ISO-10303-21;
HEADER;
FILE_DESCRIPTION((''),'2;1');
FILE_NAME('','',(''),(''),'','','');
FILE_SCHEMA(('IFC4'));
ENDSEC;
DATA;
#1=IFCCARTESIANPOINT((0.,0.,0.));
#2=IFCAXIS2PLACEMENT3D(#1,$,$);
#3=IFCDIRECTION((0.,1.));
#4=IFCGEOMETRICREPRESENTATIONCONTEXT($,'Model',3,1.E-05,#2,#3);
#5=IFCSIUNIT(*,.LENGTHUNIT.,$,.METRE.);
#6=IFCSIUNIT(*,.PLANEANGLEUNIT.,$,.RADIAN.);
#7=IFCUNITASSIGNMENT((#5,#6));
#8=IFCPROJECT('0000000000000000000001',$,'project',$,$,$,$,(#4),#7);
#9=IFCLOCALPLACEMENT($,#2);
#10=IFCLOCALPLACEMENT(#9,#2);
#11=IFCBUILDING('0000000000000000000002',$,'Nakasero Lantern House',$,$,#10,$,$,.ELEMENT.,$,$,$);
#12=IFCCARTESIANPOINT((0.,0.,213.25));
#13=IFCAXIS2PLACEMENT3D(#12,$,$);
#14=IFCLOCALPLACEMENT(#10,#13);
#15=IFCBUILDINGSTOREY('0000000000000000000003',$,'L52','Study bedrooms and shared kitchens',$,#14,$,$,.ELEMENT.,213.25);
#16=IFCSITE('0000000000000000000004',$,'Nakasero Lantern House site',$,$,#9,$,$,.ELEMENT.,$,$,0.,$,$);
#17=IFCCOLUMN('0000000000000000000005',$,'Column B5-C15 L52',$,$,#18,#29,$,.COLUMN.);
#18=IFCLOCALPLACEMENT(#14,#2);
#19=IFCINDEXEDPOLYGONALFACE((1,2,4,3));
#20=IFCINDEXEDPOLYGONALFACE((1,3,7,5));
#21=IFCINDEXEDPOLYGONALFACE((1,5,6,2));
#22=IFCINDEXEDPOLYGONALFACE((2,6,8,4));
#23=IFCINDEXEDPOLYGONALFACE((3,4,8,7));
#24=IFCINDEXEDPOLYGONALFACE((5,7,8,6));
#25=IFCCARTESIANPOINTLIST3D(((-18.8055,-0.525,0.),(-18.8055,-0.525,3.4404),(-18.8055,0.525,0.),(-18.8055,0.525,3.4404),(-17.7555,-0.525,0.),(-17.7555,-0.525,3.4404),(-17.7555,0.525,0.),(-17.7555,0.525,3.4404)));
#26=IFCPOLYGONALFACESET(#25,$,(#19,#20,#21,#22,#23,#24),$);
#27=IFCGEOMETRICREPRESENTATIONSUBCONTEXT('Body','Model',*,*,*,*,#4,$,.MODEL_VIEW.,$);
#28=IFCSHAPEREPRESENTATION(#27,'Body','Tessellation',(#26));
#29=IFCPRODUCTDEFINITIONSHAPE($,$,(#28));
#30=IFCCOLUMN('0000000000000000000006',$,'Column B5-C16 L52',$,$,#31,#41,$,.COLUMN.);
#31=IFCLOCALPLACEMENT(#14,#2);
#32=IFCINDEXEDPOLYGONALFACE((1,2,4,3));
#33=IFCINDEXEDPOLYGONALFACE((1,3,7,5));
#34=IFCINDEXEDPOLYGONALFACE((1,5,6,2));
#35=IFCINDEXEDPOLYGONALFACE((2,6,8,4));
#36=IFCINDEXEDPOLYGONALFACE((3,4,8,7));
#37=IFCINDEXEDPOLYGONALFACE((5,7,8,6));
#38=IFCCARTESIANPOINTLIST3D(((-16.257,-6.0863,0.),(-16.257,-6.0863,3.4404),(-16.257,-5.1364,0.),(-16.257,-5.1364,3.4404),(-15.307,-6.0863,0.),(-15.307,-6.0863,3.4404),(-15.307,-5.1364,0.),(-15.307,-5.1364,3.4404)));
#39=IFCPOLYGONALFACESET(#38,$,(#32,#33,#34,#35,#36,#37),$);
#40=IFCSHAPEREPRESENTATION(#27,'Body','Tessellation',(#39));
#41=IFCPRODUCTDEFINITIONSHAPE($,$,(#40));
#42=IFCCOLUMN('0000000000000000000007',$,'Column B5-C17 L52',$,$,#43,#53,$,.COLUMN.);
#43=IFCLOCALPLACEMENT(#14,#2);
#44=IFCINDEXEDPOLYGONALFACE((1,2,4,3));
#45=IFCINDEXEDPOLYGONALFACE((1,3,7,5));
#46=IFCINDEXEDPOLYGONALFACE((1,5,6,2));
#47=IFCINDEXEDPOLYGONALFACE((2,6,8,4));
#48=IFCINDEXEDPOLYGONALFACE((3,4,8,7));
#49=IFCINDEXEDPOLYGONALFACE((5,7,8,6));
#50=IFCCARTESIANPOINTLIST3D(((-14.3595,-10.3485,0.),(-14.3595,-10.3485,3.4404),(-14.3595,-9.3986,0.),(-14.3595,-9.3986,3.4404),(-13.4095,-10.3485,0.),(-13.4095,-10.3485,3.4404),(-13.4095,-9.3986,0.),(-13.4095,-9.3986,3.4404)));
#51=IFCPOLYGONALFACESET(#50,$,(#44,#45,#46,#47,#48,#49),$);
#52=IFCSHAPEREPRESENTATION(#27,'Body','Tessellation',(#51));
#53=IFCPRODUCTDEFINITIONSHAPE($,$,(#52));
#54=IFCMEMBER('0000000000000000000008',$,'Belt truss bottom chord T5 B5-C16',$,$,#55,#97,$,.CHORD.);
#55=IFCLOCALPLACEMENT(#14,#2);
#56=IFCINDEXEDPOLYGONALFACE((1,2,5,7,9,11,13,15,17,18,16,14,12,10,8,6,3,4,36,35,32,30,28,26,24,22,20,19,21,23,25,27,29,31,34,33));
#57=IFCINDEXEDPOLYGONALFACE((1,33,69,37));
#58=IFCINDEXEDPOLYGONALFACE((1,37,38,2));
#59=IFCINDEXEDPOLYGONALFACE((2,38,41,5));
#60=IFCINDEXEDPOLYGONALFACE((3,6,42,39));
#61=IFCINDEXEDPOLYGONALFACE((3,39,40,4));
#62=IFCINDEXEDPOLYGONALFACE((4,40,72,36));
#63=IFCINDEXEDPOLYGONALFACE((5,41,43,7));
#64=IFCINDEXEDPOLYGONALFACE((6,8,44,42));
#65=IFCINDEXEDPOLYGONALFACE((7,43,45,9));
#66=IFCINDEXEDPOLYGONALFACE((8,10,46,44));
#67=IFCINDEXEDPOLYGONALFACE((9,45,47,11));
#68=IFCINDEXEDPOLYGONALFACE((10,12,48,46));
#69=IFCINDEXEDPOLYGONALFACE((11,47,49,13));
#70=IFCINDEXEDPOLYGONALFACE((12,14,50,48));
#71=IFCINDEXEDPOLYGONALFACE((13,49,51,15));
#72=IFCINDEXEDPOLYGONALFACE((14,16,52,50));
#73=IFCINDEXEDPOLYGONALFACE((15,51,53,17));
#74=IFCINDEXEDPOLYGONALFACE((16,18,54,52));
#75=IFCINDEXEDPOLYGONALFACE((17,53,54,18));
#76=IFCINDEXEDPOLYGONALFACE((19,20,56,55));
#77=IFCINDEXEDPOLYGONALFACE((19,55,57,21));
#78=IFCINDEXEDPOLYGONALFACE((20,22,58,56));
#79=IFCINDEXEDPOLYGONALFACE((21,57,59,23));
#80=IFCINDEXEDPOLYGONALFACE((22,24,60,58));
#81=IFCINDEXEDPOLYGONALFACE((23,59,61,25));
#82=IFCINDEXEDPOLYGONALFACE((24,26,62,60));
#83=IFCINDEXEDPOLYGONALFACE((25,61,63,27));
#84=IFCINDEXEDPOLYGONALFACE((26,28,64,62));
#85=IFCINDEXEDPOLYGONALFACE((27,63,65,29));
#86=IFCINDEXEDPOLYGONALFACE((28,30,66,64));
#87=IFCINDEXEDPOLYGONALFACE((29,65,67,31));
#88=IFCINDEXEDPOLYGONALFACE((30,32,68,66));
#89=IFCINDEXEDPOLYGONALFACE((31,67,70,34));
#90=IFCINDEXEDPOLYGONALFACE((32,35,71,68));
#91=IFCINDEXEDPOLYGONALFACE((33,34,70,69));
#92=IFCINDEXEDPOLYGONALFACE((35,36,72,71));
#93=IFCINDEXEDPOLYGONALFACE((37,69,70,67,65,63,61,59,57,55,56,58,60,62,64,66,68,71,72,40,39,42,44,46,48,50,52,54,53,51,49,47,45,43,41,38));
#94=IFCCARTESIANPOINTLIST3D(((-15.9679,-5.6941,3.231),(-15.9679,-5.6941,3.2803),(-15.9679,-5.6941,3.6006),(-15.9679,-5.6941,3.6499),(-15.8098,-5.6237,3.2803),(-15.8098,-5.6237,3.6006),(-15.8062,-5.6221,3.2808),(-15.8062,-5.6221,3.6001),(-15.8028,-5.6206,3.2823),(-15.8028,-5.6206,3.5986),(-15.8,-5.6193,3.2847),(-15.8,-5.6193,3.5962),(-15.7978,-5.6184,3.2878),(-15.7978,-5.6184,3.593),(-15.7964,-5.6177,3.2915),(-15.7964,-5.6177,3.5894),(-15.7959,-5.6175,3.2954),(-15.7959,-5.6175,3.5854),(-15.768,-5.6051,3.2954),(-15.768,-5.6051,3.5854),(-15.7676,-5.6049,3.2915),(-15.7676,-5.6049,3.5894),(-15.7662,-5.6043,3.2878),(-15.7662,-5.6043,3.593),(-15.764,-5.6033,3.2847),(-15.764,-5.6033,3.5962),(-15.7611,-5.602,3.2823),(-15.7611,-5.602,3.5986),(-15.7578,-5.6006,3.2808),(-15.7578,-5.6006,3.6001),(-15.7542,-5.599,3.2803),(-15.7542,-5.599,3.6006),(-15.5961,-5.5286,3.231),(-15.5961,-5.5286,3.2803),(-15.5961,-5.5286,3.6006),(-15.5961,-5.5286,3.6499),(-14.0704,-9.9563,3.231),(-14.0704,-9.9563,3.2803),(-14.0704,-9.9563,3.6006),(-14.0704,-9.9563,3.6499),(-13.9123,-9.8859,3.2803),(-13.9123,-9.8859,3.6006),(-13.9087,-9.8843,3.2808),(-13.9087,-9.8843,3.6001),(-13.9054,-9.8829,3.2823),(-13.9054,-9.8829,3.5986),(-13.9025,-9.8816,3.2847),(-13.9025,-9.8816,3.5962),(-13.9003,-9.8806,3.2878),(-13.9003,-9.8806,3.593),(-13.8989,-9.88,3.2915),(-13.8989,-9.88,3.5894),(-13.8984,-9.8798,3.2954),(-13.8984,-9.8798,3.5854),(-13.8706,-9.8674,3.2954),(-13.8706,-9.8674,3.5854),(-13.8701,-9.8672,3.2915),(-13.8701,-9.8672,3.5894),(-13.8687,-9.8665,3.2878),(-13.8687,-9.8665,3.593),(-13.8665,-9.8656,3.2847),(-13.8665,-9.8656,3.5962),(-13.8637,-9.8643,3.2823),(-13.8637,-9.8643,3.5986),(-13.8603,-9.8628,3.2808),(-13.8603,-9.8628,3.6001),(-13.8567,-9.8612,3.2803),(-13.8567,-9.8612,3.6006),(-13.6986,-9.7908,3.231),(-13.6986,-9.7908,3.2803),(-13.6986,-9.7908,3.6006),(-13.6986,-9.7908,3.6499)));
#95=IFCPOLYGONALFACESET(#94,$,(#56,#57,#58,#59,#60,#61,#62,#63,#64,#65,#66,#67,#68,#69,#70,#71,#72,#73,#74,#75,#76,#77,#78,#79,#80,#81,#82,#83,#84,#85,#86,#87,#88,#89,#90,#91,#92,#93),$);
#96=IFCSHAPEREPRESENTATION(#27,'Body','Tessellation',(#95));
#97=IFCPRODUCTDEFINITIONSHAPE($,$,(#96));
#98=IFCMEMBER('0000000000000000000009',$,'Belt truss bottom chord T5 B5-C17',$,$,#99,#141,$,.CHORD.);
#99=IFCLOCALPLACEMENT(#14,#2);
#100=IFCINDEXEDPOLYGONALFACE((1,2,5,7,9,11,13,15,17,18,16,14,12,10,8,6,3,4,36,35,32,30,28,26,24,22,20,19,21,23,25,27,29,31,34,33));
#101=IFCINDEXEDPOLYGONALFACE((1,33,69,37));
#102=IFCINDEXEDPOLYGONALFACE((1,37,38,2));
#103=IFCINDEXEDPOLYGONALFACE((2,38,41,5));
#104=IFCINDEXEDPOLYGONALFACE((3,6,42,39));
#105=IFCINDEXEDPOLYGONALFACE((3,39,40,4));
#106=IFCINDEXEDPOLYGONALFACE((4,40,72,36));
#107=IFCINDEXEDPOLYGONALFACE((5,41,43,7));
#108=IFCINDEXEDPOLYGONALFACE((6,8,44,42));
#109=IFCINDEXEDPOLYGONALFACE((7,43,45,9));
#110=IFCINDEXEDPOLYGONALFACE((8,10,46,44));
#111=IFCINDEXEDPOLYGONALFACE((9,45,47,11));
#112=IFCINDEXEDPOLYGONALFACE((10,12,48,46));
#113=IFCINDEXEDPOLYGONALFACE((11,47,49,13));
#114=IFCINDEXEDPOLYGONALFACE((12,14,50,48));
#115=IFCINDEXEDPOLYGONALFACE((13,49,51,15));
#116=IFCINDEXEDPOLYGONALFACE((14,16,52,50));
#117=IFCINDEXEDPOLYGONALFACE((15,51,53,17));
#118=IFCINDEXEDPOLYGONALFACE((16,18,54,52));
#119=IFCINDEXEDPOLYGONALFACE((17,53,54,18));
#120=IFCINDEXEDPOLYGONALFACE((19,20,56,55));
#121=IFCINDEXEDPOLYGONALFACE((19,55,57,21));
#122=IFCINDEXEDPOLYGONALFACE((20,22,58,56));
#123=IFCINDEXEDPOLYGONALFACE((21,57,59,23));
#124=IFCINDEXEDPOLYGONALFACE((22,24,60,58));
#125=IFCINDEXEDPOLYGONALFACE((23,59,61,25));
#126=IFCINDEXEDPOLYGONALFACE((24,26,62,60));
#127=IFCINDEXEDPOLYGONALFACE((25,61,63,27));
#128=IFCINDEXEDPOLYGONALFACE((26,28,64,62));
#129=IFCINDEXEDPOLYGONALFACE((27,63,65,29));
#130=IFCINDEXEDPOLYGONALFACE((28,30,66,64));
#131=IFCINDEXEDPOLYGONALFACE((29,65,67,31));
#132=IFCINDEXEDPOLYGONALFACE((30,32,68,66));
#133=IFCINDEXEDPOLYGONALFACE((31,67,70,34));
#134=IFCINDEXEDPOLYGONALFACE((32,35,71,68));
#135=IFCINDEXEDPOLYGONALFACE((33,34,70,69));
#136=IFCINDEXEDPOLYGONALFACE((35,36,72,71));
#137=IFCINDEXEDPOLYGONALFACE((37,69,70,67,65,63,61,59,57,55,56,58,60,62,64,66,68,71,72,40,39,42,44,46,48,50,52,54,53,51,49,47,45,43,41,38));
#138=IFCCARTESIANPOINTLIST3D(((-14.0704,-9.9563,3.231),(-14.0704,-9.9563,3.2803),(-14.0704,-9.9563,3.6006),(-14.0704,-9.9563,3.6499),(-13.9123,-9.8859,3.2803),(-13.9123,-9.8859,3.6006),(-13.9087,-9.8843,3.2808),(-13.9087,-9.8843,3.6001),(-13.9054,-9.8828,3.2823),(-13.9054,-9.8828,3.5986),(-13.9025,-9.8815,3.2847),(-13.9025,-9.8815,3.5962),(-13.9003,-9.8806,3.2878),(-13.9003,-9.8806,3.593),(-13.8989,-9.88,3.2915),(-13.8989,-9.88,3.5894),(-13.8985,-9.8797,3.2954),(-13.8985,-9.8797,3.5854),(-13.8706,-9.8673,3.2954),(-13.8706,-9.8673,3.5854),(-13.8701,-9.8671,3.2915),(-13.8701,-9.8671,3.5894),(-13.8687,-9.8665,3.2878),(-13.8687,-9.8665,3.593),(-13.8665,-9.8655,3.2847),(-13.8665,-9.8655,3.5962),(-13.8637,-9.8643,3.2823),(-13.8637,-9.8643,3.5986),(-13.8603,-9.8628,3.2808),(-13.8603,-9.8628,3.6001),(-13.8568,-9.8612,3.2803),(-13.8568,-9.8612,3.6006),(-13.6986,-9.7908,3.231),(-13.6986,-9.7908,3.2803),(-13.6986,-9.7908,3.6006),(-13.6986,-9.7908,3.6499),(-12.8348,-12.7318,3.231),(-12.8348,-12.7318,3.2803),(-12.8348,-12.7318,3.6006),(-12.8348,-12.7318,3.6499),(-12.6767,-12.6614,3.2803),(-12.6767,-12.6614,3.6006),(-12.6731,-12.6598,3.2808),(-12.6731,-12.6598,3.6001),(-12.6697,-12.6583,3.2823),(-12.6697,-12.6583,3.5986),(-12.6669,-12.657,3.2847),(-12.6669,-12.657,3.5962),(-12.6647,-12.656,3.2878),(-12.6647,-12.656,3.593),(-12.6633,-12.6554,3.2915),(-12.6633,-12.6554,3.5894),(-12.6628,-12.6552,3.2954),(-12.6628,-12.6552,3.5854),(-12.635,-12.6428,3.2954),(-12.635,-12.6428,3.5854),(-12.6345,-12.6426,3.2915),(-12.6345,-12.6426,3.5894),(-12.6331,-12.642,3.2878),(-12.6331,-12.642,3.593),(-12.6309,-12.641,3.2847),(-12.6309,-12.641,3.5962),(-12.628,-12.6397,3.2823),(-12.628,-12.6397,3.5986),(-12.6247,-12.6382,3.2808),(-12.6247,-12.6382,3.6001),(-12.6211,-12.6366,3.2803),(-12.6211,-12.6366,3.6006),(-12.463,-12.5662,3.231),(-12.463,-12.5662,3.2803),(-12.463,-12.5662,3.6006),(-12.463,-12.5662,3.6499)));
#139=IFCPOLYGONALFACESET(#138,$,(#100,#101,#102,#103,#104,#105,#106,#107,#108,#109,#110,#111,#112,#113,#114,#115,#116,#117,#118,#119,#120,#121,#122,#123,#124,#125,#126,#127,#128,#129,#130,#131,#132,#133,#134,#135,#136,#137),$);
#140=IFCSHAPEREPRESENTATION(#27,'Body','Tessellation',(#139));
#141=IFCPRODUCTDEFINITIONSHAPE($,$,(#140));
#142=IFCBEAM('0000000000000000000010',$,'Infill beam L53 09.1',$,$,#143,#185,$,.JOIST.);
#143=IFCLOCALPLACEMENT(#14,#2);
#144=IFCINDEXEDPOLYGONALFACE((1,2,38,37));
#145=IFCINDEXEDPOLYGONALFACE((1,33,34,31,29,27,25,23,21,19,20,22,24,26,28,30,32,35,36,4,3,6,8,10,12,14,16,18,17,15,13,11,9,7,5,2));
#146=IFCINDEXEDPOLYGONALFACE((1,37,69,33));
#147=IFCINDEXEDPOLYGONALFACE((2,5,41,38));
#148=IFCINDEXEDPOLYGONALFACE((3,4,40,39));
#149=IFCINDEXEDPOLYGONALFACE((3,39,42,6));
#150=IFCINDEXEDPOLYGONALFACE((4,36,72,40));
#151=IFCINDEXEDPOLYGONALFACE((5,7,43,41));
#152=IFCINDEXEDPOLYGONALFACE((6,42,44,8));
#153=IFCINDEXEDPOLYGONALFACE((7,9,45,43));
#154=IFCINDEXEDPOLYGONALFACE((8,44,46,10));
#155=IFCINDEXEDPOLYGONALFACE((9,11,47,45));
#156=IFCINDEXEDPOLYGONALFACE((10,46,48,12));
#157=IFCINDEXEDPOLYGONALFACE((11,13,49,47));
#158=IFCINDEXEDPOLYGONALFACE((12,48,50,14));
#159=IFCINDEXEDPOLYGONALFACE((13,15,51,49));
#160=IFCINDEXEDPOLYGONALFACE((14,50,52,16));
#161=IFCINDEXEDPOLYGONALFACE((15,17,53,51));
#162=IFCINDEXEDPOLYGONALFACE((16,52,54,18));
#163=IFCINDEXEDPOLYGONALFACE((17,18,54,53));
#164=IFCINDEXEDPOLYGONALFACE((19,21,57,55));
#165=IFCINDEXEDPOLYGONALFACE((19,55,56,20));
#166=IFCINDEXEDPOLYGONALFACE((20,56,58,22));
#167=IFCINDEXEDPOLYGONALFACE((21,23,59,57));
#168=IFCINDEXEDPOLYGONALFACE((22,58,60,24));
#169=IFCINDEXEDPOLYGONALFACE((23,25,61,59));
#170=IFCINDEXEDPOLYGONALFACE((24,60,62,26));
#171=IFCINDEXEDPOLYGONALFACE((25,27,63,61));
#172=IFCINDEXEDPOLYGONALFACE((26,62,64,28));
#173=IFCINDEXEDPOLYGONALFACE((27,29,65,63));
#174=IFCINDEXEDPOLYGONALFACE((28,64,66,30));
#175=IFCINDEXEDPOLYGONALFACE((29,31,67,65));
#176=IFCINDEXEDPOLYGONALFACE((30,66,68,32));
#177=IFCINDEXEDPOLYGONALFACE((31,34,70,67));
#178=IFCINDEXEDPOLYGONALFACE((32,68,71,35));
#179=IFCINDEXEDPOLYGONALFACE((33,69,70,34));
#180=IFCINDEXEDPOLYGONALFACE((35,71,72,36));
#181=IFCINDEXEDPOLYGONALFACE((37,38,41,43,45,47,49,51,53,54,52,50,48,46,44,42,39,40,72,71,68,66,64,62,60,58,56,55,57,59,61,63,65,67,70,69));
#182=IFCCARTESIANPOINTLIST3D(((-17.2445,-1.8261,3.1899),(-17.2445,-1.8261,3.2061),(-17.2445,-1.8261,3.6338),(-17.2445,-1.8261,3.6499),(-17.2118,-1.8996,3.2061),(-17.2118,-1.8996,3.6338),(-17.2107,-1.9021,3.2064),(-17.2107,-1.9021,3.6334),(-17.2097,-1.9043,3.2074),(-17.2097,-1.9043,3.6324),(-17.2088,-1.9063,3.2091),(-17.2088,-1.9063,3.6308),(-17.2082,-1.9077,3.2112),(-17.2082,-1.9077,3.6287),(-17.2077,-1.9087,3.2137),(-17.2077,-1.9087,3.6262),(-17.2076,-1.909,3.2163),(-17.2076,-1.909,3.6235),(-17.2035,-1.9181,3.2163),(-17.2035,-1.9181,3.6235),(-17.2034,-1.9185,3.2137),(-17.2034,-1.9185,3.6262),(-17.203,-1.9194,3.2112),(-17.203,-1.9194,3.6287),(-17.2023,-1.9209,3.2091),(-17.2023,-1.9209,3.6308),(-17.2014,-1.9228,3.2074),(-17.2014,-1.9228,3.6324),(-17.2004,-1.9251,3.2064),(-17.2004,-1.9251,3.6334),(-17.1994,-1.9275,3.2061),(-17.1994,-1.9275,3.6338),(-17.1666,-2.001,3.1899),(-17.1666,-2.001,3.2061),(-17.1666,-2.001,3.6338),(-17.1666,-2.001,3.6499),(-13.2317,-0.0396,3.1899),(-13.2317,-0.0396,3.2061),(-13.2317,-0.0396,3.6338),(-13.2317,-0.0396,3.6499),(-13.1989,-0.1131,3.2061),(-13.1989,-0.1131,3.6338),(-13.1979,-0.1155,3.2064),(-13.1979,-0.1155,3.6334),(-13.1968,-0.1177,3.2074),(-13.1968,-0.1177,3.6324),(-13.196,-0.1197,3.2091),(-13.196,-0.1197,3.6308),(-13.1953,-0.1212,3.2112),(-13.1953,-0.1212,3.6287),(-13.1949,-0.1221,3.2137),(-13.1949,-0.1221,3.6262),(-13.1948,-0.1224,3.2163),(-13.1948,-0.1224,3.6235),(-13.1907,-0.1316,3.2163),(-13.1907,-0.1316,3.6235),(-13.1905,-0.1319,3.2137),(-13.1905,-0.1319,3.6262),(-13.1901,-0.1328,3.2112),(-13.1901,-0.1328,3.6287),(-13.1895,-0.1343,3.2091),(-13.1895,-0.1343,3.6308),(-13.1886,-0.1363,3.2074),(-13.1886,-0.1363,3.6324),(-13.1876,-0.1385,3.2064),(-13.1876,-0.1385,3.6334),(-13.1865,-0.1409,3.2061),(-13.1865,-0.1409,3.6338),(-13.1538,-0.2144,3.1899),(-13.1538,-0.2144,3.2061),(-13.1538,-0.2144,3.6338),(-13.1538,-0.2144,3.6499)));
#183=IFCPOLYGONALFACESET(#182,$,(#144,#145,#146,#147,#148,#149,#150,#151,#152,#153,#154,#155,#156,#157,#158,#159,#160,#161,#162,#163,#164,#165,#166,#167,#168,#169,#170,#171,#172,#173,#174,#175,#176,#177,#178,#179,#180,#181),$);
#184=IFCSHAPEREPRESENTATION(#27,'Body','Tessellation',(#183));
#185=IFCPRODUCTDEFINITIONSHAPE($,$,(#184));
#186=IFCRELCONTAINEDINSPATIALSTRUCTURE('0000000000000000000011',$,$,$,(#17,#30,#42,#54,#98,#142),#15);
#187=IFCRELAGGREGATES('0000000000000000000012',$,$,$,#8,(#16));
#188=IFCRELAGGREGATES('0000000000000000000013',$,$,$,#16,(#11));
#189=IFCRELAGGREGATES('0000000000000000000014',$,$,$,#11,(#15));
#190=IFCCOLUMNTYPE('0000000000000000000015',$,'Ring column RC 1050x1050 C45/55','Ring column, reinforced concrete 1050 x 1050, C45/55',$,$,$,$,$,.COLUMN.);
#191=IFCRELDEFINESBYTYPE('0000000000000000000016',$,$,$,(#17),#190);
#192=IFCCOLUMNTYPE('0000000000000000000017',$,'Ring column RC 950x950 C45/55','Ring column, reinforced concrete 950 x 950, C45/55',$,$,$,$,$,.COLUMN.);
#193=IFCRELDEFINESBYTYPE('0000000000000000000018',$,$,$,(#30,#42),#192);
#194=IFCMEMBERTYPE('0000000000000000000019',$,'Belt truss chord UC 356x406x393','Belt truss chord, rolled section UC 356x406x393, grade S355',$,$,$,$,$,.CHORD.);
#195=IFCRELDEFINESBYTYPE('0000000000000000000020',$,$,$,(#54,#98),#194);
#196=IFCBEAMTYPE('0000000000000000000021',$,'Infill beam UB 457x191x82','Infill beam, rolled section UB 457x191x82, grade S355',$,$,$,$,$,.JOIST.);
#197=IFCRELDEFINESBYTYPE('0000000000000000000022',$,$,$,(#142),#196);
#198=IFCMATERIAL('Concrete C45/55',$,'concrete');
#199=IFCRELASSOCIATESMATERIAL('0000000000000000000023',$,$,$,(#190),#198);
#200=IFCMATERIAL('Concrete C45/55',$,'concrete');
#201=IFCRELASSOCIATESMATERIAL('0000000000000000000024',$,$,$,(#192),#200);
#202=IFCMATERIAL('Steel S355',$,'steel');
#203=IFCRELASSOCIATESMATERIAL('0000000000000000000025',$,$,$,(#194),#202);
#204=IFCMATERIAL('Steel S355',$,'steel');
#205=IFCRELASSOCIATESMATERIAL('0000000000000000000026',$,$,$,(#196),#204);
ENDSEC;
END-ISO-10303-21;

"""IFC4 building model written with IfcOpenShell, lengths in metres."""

from ifc_helpers import new_model, si_unit, direction, frame, origin, origin_2d, place, context, subcontext, project, spatial, rectangle, i_section, extrude, material, material_profile, profile_set, type_object, element, save


model = new_model("IFC4")

# Units and contexts
model_context = context("Model", 3, precision=1e-05, world=origin(), true_north=direction((0.0, 1.0)))
body_context = subcontext(model_context, "Body", "Model", "MODEL_VIEW")
ifc_project = project(units=[si_unit("LENGTHUNIT", "METRE"), si_unit("PLANEANGLEUNIT", "RADIAN")], contexts=[model_context])

# Site, building, storey
site_placement = place(None, origin())
site = spatial("IfcSite", under=ifc_project, at=site_placement, Name="Nakasero Lantern House site", CompositionType="ELEMENT", RefElevation=0.0)
building_placement = place(site_placement, origin())
building = spatial("IfcBuilding", under=site, at=building_placement, Name="Nakasero Lantern House", CompositionType="ELEMENT")
storey_placement = place(building_placement, frame((0.0, 0.0, 213.25)))
storey = spatial("IfcBuildingStorey", under=building, at=storey_placement, Name="L52", Description="Study bedrooms and shared kitchens", CompositionType="ELEMENT", Elevation=213.25)

# Columns
ifc_material_1 = material(Name="Concrete C45/55", Category="concrete")
ifc_material_profile_1 = material_profile(ifc_material_1, rectangle(XDim=1.05, YDim=1.05, at=origin_2d()), Name="RC 1050x1050")
ifc_profile_set_1 = profile_set([ifc_material_profile_1], Name="Concrete C45/55")
column_type_1 = type_object("IfcColumnType", Name="Ring column RC 1050x1050 C45/55", Description="Ring column, reinforced concrete 1050 x 1050, C45/55", PredefinedType="COLUMN", material=ifc_profile_set_1)
column_placement = place(storey_placement, frame((-18.2805, 0.0, 0.0), z_axis=(0.0, 0.0, 1.0), x_axis=(1.0, 0.0, 0.0)))
element("IfcColumn", 1, at=column_placement, inside=storey, type_object=column_type_1, Name="Column B5-C15 L52", PredefinedType="COLUMN", context=body_context, shape_type="SweptSolid", body=[
    extrude(rectangle(XDim=1.05, YDim=1.05, at=origin_2d()), origin(), (0.0, 0.0, 1.0), 3.4404),
])
ifc_material_2 = material(Name="Concrete C45/55", Category="concrete")
ifc_material_profile_2 = material_profile(ifc_material_2, rectangle(XDim=0.95, YDim=0.95, at=origin_2d()), Name="RC 950x950")
ifc_profile_set_2 = profile_set([ifc_material_profile_2], Name="Concrete C45/55")
column_type_2 = type_object("IfcColumnType", Name="Ring column RC 950x950 C45/55", Description="Ring column, reinforced concrete 950 x 950, C45/55", PredefinedType="COLUMN", material=ifc_profile_set_2)
for number, where, z_axis, x_axis, name in (
    (2, (-15.782, -5.6113, 0.0), (0.0, 0.0, 1.0), (1.0, 0.0, 0.0), "Column B5-C16 L52"),
    (3, (-13.8845, -9.8735, 0.0), (0.0, 0.0, 1.0), (1.0, 0.0, 0.0), "Column B5-C17 L52"),
):
    element("IfcColumn", number, at=place(storey_placement, frame(where, z_axis=z_axis, x_axis=x_axis)), inside=storey, type_object=column_type_2, Name=name, PredefinedType="COLUMN", context=body_context, shape_type="SweptSolid", body=[
        extrude(rectangle(XDim=0.95, YDim=0.95, at=origin_2d()), origin(), (0.0, 0.0, 1.0), 3.4404),
    ])

# Members
ifc_material_3 = material(Name="Steel S355", Category="steel")
ifc_material_profile_3 = material_profile(ifc_material_3, i_section(OverallWidth=0.407, OverallDepth=0.4189, WebThickness=0.0305, FlangeThickness=0.0493, FilletRadius=0.0151, at=origin_2d()), Name="UC 356x406x393")
ifc_profile_set_3 = profile_set([ifc_material_profile_3], Name="Steel S355")
member_type = type_object("IfcMemberType", Name="Belt truss chord UC 356x406x393", Description="Belt truss chord, rolled section UC 356x406x393, grade S355", PredefinedType="CHORD", material=ifc_profile_set_3)
member_1_placement = place(storey_placement, frame((-15.782, -5.6113, 3.4404), z_axis=(0.406702, -0.913561, 0.0), x_axis=(0.913561, 0.406702, 0.0)))
element("IfcMember", 4, at=member_1_placement, inside=storey, type_object=member_type, Name="Belt truss bottom chord T5 B5-C16", PredefinedType="CHORD", context=body_context, shape_type="SweptSolid", body=[
    extrude(i_section(OverallWidth=0.407, OverallDepth=0.4189, WebThickness=0.0305, FlangeThickness=0.0493, FilletRadius=0.0151, at=origin_2d()), origin(), (0.0, 0.0, 1.0), 4.6655),
])
member_2_placement = place(storey_placement, frame((-13.8845, -9.8735, 3.4404), z_axis=(0.406713, -0.913556, 0.0), x_axis=(0.913556, 0.406713, 0.0)))
element("IfcMember", 5, at=member_2_placement, inside=storey, type_object=member_type, Name="Belt truss bottom chord T5 B5-C17", PredefinedType="CHORD", context=body_context, shape_type="SweptSolid", body=[
    extrude(i_section(OverallWidth=0.407, OverallDepth=0.4189, WebThickness=0.0305, FlangeThickness=0.0493, FilletRadius=0.0151, at=origin_2d()), origin(), (0.0, 0.0, 1.0), 3.0381),
])

# Beam
ifc_material_4 = material(Name="Steel S355", Category="steel")
ifc_material_profile_4 = material_profile(ifc_material_4, i_section(OverallWidth=0.1914, OverallDepth=0.46, WebThickness=0.01, FlangeThickness=0.0161, FilletRadius=0.0103, at=origin_2d()), Name="UB 457x191x82")
ifc_profile_set_4 = profile_set([ifc_material_profile_4], Name="Steel S355")
beam_type_1 = type_object("IfcBeamType", Name="Infill beam UB 457x191x82", Description="Infill beam, rolled section UB 457x191x82, grade S355", PredefinedType="JOIST", material=ifc_profile_set_4)
beam_1_placement = place(storey_placement, frame((-17.2056, -1.9136, 3.4199), z_axis=(0.91355, 0.406726, 0.0), x_axis=(-0.406726, 0.91355, 0.0)))
element("IfcBeam", 6, at=beam_1_placement, inside=storey, type_object=beam_type_1, Name="Infill beam L53 09.1", PredefinedType="JOIST", context=body_context, shape_type="SweptSolid", body=[
    extrude(i_section(OverallWidth=0.1914, OverallDepth=0.46, WebThickness=0.01, FlangeThickness=0.0161, FilletRadius=0.0103, at=origin_2d()), origin(), (0.0, 0.0, 1.0), 4.3926),
])

save(model, "model.ifc")
